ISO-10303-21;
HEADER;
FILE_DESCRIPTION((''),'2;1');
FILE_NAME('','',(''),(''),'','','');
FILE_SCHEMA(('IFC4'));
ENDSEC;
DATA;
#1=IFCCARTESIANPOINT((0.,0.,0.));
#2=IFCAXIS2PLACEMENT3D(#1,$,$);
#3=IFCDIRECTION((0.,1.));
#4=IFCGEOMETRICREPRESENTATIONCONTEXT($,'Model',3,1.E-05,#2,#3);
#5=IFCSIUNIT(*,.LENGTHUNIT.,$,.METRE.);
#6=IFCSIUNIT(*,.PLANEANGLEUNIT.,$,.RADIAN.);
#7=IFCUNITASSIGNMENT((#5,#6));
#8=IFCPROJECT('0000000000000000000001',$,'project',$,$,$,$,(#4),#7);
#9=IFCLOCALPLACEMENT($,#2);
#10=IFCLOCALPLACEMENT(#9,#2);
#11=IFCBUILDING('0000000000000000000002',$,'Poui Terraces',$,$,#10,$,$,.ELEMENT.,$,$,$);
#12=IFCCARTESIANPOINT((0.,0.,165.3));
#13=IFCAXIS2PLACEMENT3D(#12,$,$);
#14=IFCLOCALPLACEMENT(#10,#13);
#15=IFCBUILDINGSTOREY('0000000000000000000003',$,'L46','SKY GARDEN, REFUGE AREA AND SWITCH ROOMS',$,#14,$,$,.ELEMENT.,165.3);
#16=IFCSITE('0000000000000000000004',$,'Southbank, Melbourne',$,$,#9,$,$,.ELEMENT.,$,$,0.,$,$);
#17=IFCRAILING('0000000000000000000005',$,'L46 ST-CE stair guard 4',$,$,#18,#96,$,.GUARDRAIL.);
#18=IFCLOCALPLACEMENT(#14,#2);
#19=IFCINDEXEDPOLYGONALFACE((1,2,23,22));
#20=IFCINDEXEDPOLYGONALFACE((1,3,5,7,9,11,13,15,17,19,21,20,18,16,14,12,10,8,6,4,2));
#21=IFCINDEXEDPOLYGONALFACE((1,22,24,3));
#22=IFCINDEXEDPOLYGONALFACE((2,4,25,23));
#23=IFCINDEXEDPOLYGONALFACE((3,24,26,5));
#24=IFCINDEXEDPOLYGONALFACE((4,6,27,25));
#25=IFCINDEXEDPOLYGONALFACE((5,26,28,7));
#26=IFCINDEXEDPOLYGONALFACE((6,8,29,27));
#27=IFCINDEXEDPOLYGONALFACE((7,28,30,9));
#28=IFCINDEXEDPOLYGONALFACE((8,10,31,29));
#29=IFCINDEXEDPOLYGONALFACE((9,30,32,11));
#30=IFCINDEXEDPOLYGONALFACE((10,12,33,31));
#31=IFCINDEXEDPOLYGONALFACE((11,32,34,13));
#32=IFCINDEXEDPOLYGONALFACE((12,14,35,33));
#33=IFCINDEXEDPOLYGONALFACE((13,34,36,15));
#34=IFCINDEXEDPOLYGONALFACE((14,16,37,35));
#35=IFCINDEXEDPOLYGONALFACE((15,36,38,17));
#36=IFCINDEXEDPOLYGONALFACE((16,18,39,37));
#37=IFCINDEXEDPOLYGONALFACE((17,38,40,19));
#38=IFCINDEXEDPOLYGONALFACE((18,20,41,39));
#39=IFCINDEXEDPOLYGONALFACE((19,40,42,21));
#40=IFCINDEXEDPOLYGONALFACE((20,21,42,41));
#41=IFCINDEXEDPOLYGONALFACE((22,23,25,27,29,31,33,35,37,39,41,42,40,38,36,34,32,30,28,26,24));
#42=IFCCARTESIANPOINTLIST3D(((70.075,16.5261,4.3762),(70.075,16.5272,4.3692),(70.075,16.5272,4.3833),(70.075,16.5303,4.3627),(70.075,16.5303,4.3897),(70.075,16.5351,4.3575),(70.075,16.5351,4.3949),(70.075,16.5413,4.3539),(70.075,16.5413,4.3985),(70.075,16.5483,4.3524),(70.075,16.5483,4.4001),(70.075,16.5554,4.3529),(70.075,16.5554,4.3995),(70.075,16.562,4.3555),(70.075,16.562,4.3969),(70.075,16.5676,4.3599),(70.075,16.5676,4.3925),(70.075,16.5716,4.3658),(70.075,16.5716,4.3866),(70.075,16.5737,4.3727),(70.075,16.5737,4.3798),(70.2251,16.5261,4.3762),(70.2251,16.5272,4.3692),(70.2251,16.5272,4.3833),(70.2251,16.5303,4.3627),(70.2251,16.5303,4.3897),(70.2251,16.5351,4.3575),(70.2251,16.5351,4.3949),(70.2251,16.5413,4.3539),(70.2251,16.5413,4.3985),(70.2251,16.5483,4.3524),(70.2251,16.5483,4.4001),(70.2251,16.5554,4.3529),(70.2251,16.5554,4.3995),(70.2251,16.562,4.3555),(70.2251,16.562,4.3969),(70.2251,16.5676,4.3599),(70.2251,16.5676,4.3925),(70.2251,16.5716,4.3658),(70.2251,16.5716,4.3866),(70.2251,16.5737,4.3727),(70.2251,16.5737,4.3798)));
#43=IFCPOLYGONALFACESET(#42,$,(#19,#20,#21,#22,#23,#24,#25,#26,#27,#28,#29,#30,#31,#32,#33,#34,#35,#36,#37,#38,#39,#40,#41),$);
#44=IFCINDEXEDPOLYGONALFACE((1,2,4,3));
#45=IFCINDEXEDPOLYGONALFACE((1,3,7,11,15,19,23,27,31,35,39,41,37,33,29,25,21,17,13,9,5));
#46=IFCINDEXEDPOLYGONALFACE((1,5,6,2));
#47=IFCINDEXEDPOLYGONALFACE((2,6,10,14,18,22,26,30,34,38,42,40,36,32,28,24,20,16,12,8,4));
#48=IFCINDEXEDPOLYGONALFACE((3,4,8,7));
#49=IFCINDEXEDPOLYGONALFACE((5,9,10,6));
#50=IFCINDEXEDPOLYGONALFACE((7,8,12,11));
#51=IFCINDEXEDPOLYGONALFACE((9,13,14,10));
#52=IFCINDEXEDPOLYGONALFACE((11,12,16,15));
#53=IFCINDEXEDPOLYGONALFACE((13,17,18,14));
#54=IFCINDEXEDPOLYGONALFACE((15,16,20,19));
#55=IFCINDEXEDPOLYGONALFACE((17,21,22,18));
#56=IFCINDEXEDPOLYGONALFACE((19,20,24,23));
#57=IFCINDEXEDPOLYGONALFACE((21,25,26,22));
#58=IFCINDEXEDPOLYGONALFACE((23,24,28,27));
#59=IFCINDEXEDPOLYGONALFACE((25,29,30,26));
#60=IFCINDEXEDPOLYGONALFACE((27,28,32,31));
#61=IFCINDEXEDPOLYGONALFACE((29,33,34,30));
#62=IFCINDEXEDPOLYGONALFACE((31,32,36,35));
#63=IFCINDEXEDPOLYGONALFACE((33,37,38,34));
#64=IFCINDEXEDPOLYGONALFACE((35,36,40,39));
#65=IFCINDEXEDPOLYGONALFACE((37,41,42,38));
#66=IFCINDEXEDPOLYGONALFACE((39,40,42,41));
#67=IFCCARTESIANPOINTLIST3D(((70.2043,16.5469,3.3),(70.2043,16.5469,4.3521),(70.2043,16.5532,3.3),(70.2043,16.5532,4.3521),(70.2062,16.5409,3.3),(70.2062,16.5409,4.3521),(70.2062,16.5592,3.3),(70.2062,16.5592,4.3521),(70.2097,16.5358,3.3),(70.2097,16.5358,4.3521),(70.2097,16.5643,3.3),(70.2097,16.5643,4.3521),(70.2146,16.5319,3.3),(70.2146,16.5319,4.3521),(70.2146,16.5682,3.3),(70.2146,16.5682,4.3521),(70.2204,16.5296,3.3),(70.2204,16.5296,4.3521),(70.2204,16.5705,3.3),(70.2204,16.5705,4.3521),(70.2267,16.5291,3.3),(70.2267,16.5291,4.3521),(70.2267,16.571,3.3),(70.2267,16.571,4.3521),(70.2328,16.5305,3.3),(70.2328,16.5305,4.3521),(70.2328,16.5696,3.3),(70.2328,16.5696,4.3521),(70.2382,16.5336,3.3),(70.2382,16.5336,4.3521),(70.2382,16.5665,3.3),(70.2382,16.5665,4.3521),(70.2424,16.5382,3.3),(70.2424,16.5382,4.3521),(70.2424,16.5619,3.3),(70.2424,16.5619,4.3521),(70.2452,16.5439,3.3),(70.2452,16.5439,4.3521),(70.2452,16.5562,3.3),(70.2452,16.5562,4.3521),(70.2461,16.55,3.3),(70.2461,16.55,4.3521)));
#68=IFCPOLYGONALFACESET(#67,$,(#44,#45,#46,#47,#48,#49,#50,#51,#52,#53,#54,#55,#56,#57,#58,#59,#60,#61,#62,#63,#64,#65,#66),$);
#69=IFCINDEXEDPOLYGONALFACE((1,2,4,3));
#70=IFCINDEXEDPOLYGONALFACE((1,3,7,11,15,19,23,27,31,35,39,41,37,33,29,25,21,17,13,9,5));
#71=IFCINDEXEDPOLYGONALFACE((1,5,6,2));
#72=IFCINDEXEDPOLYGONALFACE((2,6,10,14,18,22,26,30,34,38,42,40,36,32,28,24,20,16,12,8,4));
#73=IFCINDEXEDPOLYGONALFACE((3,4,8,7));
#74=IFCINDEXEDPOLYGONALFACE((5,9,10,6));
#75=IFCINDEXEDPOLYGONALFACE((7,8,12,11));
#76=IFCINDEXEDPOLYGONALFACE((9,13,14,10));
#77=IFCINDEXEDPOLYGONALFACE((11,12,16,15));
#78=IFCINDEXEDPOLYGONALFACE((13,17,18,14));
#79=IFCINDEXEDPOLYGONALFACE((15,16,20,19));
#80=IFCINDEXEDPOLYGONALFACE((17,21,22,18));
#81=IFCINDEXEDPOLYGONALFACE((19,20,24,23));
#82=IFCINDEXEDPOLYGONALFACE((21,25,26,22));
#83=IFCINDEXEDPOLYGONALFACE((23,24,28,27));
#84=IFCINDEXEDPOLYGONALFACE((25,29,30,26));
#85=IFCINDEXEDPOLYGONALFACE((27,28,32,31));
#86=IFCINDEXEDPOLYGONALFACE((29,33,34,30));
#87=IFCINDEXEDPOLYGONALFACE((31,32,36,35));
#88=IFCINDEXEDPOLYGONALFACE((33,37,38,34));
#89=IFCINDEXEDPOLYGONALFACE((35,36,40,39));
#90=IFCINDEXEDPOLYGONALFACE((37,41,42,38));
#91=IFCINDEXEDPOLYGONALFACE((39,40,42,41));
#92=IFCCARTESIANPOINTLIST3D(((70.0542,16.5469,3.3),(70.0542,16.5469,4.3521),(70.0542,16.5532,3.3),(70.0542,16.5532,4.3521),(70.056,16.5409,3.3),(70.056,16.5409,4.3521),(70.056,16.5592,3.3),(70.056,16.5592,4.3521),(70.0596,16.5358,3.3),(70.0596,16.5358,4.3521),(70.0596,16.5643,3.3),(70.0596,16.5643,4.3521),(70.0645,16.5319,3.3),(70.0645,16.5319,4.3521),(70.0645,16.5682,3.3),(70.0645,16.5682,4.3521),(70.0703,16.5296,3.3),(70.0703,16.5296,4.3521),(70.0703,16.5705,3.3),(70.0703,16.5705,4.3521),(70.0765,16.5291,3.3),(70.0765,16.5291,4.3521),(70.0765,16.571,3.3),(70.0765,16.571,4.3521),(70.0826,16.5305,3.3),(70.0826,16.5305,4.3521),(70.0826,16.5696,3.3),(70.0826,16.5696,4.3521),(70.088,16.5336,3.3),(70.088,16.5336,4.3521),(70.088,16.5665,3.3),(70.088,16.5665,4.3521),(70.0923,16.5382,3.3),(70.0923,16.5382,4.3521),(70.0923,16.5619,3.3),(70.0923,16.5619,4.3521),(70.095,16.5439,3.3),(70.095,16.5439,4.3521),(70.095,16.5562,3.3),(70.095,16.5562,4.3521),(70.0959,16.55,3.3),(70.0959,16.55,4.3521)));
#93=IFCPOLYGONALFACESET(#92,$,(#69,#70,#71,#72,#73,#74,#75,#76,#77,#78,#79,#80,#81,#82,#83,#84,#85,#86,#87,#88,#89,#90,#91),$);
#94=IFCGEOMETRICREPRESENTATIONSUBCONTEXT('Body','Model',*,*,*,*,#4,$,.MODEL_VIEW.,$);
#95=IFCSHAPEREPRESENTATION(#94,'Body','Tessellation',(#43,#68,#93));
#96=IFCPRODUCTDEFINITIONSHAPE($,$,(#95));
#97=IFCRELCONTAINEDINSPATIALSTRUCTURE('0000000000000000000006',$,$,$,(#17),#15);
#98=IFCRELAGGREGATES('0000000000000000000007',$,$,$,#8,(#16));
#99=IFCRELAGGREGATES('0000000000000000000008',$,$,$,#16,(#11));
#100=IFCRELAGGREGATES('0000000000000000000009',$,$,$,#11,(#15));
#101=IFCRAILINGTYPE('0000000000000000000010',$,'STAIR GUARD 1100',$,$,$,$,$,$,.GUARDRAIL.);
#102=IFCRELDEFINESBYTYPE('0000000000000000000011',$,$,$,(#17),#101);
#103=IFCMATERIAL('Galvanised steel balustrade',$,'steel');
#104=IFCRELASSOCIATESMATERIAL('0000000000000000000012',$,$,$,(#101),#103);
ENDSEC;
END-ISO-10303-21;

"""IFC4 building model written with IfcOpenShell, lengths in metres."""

from ifc_helpers import new_model, si_unit, direction, frame, origin, origin_2d, place, context, subcontext, project, spatial, circle, extrude, material, type_object, element, save


model = new_model("IFC4")

# Units and contexts
model_context = context("Model", 3, precision=1e-05, world=origin(), true_north=direction((0.0, 1.0)))
body_context = subcontext(model_context, "Body", "Model", "MODEL_VIEW")
ifc_project = project(units=[si_unit("LENGTHUNIT", "METRE"), si_unit("PLANEANGLEUNIT", "RADIAN")], contexts=[model_context])

# Site, building, storey
site_placement = place(None, origin())
site = spatial("IfcSite", under=ifc_project, at=site_placement, Name="Southbank, Melbourne", CompositionType="ELEMENT", RefElevation=0.0)
building_placement = place(site_placement, origin())
building = spatial("IfcBuilding", under=site, at=building_placement, Name="Poui Terraces", CompositionType="ELEMENT")
storey_placement = place(building_placement, frame((0.0, 0.0, 165.3)))
storey = spatial("IfcBuildingStorey", under=building, at=storey_placement, Name="L46", Description="SKY GARDEN, REFUGE AREA AND SWITCH ROOMS", CompositionType="ELEMENT", Elevation=165.3)

# Railing
ifc_material_1 = material(Name="Galvanised steel balustrade", Category="steel")
railing_type_1 = type_object("IfcRailingType", Name="STAIR GUARD 1100", PredefinedType="GUARDRAIL", material=ifc_material_1)
railing_1_placement = place(storey_placement, frame((70.2251, 16.55, 3.3)))
element("IfcRailing", 1, at=railing_1_placement, inside=storey, type_object=railing_type_1, Name="L46 ST-CE stair guard 4", PredefinedType="GUARDRAIL", context=body_context, shape_type="SweptSolid", body=[
    extrude(circle(Radius=0.0239, at=origin_2d()), frame((0.0, 0.0, 1.0762), z_axis=(-1.0, 0.0, 0.0), x_axis=(0.0, -1.0, 0.0)), (0.0, 0.0, 1.0), 0.1501),
    extrude(circle(Radius=0.021, at=origin_2d()), origin(), (0.0, 0.0, 1.0), 1.052),
    extrude(circle(Radius=0.021, at=origin_2d()), frame((-0.1501, 0.0, 0.0)), (0.0, 0.0, 1.0), 1.052),
])

save(model, "model.ifc")
